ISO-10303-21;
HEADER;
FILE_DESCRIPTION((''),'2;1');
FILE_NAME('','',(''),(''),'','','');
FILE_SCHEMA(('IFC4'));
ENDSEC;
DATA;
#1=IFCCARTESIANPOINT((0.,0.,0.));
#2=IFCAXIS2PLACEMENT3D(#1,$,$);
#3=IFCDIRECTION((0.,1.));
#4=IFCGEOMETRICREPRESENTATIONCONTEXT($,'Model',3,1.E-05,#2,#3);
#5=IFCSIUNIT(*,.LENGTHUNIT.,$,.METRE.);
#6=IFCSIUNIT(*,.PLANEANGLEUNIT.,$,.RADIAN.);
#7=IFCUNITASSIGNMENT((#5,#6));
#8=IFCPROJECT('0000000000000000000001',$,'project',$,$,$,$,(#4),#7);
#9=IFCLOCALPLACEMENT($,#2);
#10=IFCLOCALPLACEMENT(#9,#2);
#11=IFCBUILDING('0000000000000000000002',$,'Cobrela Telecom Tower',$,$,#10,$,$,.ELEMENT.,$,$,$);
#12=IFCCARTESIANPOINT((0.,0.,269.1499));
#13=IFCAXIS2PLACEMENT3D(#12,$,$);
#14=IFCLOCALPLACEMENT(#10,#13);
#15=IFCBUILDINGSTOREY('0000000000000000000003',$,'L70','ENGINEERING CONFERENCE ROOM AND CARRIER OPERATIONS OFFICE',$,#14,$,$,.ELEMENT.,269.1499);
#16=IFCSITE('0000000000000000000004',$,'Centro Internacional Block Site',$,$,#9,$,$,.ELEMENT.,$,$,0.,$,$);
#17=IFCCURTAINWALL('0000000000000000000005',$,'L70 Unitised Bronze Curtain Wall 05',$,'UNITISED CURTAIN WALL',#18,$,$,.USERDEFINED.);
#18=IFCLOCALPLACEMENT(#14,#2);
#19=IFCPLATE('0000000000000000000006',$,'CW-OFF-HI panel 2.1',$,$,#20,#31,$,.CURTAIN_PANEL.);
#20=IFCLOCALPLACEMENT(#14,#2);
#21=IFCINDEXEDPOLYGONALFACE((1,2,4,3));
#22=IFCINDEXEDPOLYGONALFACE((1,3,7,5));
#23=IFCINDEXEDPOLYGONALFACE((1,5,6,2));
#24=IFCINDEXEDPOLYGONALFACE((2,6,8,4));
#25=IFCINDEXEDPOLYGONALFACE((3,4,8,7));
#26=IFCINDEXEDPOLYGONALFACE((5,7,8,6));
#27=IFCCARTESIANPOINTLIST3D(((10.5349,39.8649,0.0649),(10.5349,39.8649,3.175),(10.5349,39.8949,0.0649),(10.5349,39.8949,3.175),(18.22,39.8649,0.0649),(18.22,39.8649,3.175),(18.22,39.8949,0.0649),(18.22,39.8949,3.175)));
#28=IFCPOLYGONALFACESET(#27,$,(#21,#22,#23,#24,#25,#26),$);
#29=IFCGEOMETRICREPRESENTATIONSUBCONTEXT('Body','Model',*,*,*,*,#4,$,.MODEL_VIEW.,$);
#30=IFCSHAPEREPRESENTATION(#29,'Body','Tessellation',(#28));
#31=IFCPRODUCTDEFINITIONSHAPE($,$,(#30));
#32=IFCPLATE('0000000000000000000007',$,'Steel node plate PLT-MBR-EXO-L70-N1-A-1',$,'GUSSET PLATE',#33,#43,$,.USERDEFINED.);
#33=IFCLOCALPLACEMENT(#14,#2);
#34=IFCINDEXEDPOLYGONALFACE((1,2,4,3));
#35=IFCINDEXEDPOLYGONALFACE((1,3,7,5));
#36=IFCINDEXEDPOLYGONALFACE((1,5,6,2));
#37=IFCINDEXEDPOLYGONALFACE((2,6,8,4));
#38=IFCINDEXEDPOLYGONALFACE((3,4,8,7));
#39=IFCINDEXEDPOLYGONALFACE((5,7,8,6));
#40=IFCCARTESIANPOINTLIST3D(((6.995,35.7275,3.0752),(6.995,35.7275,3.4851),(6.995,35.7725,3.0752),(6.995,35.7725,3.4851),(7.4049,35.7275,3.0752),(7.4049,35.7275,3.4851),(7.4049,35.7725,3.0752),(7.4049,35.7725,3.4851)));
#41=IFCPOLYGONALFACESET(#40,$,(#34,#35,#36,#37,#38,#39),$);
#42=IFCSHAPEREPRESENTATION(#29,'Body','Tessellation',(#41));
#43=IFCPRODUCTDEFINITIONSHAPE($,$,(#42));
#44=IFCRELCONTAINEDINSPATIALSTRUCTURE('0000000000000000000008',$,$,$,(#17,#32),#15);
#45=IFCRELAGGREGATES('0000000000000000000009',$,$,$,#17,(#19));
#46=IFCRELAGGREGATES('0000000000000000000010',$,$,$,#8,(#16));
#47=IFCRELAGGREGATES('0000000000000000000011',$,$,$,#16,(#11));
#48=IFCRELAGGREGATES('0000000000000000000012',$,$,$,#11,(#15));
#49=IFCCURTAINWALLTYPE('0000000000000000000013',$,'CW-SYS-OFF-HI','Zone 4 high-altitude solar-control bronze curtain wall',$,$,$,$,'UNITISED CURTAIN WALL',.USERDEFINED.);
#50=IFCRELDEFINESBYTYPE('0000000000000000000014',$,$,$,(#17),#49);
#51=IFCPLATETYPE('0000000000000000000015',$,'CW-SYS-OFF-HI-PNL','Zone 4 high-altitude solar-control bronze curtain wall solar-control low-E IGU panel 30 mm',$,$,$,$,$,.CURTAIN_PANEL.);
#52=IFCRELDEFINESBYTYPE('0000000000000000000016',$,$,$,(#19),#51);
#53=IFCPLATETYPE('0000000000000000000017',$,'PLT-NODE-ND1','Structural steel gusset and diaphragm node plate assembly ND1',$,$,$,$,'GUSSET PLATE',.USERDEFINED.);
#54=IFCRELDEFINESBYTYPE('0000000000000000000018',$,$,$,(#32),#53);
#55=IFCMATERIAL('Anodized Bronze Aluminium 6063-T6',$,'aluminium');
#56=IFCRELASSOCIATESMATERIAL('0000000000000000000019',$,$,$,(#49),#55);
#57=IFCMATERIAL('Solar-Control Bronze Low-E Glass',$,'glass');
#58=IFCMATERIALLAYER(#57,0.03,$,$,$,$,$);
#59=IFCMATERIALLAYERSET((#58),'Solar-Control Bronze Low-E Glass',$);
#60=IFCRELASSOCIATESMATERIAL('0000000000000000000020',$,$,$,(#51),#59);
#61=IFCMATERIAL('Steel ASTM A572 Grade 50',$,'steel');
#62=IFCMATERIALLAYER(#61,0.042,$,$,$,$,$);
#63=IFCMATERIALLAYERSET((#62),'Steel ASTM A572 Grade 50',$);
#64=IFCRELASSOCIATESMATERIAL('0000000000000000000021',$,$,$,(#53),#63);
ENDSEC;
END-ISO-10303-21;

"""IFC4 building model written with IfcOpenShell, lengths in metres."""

from ifc_helpers import new_model, si_unit, direction, frame, origin, origin_2d, place, context, subcontext, project, spatial, rectangle, extrude, material, layer, layer_set, type_object, element, aggregate, save


model = new_model("IFC4")

# Units and contexts
model_context = context("Model", 3, precision=1e-05, world=origin(), true_north=direction((0.0, 1.0)))
body_context = subcontext(model_context, "Body", "Model", "MODEL_VIEW")
ifc_project = project(units=[si_unit("LENGTHUNIT", "METRE"), si_unit("PLANEANGLEUNIT", "RADIAN")], contexts=[model_context])

# Site, building, storey
site_placement = place(None, origin())
site = spatial("IfcSite", under=ifc_project, at=site_placement, Name="Centro Internacional Block Site", CompositionType="ELEMENT", RefElevation=0.0)
building_placement = place(site_placement, origin())
building = spatial("IfcBuilding", under=site, at=building_placement, Name="Cobrela Telecom Tower", CompositionType="ELEMENT")
storey_placement = place(building_placement, frame((0.0, 0.0, 269.1499)))
storey = spatial("IfcBuildingStorey", under=building, at=storey_placement, Name="L70", Description="ENGINEERING CONFERENCE ROOM AND CARRIER OPERATIONS OFFICE", CompositionType="ELEMENT", Elevation=269.1499)

# Shared definitions
ifc_material_1 = material(Name="Steel ASTM A572 Grade 50", Category="steel")

# Curtain wall
ifc_material_2 = material(Name="Anodized Bronze Aluminium 6063-T6", Category="aluminium")
curtain_wall_type = type_object("IfcCurtainWallType", Name="CW-SYS-OFF-HI", Description="Zone 4 high-altitude solar-control bronze curtain wall", ElementType="UNITISED CURTAIN WALL", PredefinedType="USERDEFINED", material=ifc_material_2)
curtain_wall_placement = place(storey_placement, origin())
curtain_wall = element("IfcCurtainWall", 1, at=curtain_wall_placement, inside=storey, type_object=curtain_wall_type, Name="L70 Unitised Bronze Curtain Wall 05", ObjectType="UNITISED CURTAIN WALL", PredefinedType="USERDEFINED")

# Plates
ifc_material_3 = material(Name="Solar-Control Bronze Low-E Glass", Category="glass")
ifc_layer_1 = layer(ifc_material_3, 0.03)
ifc_layer_set_1 = layer_set([ifc_layer_1], Name="Solar-Control Bronze Low-E Glass")
plate_type_1 = type_object("IfcPlateType", Name="CW-SYS-OFF-HI-PNL", Description="Zone 4 high-altitude solar-control bronze curtain wall solar-control low-E IGU panel 30 mm", PredefinedType="CURTAIN_PANEL", material=ifc_layer_set_1)
plate_1_placement = place(storey_placement, frame((14.3774, 39.8799, 0.0649), z_axis=(0.0, 0.0, 1.0), x_axis=(1.0, 0.0, 0.0)))
plate_1 = element("IfcPlate", 2, at=plate_1_placement, type_object=plate_type_1, Name="CW-OFF-HI panel 2.1", PredefinedType="CURTAIN_PANEL", context=body_context, shape_type="SweptSolid", body=[
    extrude(rectangle(XDim=7.6851, YDim=0.03, at=origin_2d()), origin(), (0.0, 0.0, 1.0), 3.1101),
])
aggregate(curtain_wall, [plate_1])
ifc_layer_2 = layer(ifc_material_1, 0.042)
ifc_layer_set_2 = layer_set([ifc_layer_2], Name="Steel ASTM A572 Grade 50")
plate_type_2 = type_object("IfcPlateType", Name="PLT-NODE-ND1", Description="Structural steel gusset and diaphragm node plate assembly ND1", ElementType="GUSSET PLATE", PredefinedType="USERDEFINED", material=ifc_layer_set_2)
plate_2_placement = place(storey_placement, frame((7.2, 35.75, 3.0752), z_axis=(0.0, 0.0, 1.0), x_axis=(1.0, 0.0, 0.0)))
element("IfcPlate", 3, at=plate_2_placement, inside=storey, type_object=plate_type_2, Name="Steel node plate PLT-MBR-EXO-L70-N1-A-1", ObjectType="GUSSET PLATE", PredefinedType="USERDEFINED", context=body_context, shape_type="SweptSolid", body=[
    extrude(rectangle(XDim=0.4099, YDim=0.0449, at=origin_2d()), origin(), (0.0, 0.0, 1.0), 0.4099),
])

save(model, "model.ifc")
